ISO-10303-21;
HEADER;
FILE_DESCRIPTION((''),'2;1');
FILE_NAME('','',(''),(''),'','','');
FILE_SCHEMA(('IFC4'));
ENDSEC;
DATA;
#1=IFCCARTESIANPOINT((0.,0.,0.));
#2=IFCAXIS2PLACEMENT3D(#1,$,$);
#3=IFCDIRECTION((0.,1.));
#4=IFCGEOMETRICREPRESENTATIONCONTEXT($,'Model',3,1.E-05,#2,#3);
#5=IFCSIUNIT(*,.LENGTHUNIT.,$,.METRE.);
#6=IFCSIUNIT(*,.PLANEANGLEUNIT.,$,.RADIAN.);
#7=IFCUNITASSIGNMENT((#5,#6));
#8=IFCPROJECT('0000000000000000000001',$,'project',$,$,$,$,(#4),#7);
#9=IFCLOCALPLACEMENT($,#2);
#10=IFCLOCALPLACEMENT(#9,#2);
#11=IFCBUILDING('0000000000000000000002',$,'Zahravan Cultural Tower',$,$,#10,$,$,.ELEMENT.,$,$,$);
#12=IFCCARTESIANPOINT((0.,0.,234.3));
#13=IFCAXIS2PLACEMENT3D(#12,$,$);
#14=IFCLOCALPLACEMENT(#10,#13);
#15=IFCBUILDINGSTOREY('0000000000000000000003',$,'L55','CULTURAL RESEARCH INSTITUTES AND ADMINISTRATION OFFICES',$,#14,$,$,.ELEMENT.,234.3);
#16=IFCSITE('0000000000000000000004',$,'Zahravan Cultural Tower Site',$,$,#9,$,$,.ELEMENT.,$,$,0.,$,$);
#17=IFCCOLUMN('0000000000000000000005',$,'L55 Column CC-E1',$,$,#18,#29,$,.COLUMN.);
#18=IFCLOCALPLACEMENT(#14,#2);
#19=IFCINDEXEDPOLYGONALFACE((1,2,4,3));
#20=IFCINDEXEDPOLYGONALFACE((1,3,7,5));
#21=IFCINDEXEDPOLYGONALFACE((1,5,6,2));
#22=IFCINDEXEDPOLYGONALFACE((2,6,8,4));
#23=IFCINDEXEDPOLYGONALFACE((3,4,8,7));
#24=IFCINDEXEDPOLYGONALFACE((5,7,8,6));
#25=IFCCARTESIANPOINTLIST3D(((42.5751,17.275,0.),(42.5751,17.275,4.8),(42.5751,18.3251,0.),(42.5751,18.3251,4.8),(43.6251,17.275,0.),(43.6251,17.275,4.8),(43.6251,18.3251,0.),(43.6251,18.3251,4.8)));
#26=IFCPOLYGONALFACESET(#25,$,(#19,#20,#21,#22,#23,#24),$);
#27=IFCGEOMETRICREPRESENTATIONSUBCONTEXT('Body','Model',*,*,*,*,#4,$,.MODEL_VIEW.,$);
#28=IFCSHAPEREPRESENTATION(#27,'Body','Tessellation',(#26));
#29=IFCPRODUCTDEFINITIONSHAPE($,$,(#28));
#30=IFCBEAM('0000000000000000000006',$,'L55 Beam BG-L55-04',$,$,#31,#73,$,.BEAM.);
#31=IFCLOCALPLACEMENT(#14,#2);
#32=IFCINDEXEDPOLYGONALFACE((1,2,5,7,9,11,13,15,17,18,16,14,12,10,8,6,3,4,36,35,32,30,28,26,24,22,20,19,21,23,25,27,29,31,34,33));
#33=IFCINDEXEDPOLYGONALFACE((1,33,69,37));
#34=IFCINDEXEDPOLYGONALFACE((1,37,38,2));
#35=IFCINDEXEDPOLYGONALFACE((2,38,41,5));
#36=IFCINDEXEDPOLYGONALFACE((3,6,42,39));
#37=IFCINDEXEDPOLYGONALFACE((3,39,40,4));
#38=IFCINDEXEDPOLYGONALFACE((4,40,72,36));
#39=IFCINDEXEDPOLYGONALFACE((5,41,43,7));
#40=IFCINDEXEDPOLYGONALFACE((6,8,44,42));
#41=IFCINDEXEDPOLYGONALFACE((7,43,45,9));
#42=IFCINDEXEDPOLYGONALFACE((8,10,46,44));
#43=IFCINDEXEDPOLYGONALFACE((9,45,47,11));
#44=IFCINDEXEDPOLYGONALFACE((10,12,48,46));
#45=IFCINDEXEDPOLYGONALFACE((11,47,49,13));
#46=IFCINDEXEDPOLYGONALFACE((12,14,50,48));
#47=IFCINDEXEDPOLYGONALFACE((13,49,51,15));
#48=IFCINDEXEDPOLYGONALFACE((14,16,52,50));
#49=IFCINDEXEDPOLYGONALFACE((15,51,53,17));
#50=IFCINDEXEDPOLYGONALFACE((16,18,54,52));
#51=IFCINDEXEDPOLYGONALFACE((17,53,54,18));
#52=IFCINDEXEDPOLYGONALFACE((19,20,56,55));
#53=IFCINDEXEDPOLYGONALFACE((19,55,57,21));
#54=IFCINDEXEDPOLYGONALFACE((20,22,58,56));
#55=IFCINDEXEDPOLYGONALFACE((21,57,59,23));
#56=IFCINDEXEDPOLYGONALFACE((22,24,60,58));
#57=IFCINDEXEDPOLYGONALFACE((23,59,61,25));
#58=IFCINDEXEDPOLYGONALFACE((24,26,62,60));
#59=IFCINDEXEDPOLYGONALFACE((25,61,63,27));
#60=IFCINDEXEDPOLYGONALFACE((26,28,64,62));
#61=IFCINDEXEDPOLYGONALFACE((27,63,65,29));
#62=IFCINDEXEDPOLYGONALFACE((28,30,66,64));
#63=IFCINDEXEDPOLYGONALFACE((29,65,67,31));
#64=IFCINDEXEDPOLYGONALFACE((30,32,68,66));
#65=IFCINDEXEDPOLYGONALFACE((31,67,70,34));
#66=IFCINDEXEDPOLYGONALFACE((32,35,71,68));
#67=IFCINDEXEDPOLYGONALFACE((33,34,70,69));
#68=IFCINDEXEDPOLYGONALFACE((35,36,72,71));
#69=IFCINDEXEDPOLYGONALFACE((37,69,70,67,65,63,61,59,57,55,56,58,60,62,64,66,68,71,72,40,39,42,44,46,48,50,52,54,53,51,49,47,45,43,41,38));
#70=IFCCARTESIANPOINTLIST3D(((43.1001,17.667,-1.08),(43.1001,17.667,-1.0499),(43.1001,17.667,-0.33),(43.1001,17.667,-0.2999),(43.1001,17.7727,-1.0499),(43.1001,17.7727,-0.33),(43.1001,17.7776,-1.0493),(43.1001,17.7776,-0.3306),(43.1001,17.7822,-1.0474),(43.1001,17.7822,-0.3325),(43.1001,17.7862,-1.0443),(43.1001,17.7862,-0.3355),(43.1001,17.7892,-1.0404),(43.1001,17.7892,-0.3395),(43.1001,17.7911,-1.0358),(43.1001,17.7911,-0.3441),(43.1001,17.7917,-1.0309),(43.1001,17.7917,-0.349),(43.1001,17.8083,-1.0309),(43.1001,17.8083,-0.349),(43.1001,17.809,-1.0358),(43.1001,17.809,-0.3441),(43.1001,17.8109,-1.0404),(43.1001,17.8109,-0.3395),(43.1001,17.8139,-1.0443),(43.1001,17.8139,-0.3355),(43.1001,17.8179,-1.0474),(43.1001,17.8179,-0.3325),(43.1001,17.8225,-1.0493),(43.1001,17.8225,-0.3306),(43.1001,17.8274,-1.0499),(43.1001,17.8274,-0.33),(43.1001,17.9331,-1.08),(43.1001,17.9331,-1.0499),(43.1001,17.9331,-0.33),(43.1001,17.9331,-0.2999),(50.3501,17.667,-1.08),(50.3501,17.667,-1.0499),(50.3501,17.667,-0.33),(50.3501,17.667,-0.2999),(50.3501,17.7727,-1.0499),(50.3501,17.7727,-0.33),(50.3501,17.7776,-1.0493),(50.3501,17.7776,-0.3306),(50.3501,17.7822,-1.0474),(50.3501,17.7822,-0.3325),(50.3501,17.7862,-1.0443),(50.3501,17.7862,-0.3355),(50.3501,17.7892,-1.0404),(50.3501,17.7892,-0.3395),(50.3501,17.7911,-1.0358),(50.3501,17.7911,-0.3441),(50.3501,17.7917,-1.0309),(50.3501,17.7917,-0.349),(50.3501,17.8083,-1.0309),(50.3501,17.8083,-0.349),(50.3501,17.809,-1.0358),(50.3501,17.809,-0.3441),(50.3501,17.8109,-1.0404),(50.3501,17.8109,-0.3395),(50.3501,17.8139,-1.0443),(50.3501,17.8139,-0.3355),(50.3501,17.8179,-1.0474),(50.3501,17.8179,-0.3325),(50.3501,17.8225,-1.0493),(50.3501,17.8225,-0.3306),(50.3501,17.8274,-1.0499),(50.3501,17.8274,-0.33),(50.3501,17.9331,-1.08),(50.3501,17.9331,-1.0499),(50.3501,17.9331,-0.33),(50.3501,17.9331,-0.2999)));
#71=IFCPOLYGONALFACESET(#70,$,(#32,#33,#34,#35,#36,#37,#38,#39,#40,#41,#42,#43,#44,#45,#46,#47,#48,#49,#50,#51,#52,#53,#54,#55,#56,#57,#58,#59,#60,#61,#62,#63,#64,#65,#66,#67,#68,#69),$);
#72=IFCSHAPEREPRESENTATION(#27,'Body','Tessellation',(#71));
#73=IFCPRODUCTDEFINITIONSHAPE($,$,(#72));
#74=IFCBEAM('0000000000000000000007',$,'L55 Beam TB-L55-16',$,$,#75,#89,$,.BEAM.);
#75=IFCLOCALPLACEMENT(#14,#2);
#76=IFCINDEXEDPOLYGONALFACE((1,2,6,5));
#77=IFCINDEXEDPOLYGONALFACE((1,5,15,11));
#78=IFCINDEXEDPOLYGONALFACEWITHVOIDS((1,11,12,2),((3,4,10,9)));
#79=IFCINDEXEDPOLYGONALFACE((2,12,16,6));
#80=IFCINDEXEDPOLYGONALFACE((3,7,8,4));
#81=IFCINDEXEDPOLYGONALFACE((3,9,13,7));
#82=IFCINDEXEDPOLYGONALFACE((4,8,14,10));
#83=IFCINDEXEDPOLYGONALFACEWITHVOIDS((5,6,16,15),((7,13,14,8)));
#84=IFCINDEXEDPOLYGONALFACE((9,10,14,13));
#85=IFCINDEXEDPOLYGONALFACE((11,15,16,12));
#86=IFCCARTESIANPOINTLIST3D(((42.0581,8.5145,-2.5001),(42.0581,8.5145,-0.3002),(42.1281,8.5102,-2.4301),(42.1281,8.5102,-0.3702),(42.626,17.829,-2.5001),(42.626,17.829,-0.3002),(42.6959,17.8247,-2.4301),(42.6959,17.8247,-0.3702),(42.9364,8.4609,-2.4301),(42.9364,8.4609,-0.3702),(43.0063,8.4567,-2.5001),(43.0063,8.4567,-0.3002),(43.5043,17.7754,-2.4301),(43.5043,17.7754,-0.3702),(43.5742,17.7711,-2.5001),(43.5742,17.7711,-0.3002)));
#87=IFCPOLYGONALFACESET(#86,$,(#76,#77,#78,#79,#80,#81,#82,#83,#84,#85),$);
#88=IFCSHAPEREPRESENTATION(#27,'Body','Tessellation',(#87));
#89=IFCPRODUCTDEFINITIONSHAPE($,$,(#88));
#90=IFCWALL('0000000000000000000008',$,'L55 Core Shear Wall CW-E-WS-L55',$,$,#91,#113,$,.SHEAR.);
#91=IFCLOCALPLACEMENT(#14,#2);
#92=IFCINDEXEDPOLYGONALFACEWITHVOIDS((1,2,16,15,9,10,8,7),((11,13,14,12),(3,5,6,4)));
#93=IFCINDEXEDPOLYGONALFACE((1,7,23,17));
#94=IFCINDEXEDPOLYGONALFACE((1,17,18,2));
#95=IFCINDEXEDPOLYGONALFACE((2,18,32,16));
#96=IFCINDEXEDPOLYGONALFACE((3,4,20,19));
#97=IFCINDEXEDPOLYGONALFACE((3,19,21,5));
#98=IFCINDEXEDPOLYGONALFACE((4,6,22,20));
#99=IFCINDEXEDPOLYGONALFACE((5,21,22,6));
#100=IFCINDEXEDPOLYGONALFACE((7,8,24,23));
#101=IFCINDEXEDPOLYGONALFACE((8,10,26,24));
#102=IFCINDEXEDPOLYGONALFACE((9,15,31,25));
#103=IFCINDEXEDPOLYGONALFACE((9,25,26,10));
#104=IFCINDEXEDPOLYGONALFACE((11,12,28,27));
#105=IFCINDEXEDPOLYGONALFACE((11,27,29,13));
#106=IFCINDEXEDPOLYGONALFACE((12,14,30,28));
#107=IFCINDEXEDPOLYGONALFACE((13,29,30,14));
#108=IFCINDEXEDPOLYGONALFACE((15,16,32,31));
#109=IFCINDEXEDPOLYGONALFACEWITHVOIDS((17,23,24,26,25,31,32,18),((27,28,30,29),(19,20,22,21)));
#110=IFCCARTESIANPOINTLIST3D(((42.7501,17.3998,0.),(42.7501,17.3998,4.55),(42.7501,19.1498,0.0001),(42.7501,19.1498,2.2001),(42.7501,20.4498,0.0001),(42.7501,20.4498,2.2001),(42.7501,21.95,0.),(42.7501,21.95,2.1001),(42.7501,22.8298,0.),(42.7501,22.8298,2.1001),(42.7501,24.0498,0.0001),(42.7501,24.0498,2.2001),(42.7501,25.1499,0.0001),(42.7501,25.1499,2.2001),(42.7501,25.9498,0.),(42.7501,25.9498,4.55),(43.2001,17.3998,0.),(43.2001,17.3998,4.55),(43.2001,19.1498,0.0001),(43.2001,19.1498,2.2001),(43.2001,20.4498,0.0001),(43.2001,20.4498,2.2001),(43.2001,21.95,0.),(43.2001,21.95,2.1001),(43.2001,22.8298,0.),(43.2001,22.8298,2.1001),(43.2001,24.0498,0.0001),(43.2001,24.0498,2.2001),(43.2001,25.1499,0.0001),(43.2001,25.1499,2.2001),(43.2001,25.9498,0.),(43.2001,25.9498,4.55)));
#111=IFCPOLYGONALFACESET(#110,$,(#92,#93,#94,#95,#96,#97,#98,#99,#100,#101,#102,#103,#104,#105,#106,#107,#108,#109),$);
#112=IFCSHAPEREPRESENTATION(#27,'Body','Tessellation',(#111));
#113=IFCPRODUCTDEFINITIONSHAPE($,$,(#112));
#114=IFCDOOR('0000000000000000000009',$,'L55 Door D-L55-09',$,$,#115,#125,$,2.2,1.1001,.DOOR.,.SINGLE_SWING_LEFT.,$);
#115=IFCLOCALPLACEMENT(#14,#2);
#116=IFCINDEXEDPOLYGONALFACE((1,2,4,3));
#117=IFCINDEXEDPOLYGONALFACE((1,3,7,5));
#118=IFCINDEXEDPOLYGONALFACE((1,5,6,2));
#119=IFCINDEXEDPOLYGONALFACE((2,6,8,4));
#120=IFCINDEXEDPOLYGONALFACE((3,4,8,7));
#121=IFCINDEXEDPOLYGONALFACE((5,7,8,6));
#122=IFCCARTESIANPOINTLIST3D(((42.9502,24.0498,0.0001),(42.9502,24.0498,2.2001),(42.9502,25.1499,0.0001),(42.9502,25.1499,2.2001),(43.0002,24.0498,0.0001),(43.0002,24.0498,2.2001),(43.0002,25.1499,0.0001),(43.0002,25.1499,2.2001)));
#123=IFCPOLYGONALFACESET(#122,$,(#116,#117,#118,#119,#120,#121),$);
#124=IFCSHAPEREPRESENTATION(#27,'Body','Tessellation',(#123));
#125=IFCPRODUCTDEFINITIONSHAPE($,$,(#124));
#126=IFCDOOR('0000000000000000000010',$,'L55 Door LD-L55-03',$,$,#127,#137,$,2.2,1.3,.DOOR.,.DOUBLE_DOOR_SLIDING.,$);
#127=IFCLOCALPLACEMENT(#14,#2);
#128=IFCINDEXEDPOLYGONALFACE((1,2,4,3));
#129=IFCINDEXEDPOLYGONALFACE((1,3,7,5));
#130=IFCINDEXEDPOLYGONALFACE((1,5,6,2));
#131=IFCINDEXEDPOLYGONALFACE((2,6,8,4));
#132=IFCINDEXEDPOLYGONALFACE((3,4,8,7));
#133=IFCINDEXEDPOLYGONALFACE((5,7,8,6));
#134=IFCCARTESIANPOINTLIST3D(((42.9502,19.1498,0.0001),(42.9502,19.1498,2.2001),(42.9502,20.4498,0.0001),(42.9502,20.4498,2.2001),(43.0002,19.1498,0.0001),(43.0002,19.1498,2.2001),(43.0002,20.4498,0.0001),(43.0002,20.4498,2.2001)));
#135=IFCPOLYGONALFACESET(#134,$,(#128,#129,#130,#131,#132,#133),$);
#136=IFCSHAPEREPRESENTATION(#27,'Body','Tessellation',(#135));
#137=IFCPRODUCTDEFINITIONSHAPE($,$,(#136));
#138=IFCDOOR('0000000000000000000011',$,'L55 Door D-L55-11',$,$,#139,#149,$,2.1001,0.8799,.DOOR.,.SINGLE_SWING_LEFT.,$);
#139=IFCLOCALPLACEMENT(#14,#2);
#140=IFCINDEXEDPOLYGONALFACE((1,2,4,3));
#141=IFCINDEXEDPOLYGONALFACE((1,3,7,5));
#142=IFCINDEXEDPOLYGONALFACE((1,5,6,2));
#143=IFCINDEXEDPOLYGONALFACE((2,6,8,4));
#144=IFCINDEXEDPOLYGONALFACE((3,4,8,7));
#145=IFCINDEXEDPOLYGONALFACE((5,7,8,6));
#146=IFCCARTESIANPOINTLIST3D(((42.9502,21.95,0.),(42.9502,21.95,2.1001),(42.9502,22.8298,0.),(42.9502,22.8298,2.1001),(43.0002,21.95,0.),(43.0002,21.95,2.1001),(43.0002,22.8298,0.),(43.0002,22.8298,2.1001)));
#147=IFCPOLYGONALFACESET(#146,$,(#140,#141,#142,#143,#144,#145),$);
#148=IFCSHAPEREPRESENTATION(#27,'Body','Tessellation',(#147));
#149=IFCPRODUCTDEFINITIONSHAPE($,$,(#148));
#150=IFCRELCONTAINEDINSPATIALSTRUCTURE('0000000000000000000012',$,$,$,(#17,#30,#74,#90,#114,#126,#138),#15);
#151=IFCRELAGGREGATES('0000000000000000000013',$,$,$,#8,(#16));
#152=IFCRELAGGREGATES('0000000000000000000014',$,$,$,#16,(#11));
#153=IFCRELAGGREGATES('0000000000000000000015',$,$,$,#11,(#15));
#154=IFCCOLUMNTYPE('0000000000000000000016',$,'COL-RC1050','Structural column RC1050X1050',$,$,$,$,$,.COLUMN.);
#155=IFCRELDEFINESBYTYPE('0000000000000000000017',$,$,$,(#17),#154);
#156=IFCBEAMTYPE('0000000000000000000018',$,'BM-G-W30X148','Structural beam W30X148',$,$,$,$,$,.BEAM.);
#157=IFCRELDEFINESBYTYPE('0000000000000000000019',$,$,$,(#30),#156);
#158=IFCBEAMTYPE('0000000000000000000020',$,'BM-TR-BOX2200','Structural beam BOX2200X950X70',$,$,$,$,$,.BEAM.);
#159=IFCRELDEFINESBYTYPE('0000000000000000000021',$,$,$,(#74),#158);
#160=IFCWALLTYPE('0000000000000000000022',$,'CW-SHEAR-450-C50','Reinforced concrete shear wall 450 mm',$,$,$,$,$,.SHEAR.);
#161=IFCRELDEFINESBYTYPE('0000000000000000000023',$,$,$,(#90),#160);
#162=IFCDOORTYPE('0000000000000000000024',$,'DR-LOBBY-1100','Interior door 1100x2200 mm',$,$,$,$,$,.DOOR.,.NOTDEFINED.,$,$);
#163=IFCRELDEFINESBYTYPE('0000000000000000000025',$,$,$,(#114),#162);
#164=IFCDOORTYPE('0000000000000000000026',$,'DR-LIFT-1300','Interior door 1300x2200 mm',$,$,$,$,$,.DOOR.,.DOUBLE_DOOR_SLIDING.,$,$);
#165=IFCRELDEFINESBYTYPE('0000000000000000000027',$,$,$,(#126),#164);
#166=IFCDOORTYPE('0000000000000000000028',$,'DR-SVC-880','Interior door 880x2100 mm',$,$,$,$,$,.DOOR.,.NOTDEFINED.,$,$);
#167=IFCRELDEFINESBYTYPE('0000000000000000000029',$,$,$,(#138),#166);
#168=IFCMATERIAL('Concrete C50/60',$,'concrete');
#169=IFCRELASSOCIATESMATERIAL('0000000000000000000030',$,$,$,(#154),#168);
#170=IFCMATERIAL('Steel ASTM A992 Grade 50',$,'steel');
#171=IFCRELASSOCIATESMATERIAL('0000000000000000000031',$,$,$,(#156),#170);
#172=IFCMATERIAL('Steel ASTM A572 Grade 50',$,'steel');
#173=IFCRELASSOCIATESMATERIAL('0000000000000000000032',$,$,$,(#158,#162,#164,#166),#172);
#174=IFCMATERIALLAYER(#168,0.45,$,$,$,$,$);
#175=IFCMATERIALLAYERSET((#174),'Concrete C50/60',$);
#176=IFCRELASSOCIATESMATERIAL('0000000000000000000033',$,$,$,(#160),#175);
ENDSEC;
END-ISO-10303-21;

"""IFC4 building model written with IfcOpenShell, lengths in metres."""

from ifc_helpers import new_model, si_unit, direction, frame, frame_2d, origin, origin_2d, place, context, subcontext, project, spatial, rectangle, hollow_rectangle, i_section, extrude, source, transform, mapped, material, layer, layer_set, material_profile, profile_set, type_object, element, fill, save


model = new_model("IFC4")

# Units and contexts
model_context = context("Model", 3, precision=1e-05, world=origin(), true_north=direction((0.0, 1.0)))
body_context = subcontext(model_context, "Body", "Model", "MODEL_VIEW")
ifc_project = project(units=[si_unit("LENGTHUNIT", "METRE"), si_unit("PLANEANGLEUNIT", "RADIAN")], contexts=[model_context])

# Site, building, storey
site_placement = place(None, origin())
site = spatial("IfcSite", under=ifc_project, at=site_placement, Name="Zahravan Cultural Tower Site", CompositionType="ELEMENT", RefElevation=0.0)
building_placement = place(site_placement, origin())
building = spatial("IfcBuilding", under=site, at=building_placement, Name="Zahravan Cultural Tower", CompositionType="ELEMENT")
storey_placement = place(building_placement, frame((0.0, 0.0, 234.3)))
storey = spatial("IfcBuildingStorey", under=building, at=storey_placement, Name="L55", Description="CULTURAL RESEARCH INSTITUTES AND ADMINISTRATION OFFICES", CompositionType="ELEMENT", Elevation=234.3)

# Column
ifc_material_1 = material(Name="Concrete C50/60", Category="concrete")
ifc_material_profile_1 = material_profile(ifc_material_1, rectangle(XDim=1.05, YDim=1.05, at=origin_2d()), Name="RC1050X1050")
ifc_profile_set_1 = profile_set([ifc_material_profile_1], Name="Concrete C50/60")
column_type = type_object("IfcColumnType", Name="COL-RC1050", Description="Structural column RC1050X1050", PredefinedType="COLUMN", material=ifc_profile_set_1)
shared_shape_1 = source(origin(), body_context, "Body", "SweptSolid", [
    extrude(rectangle(XDim=1.05, YDim=1.05, at=origin_2d()), origin(), (0.0, 0.0, 1.0), 4.8),
])
column_placement = place(storey_placement, frame((43.1001, 17.8, 0.0), z_axis=(0.0, 0.0, 1.0), x_axis=(1.0, 0.0, 0.0)))
element("IfcColumn", 1, at=column_placement, inside=storey, type_object=column_type, Name="L55 Column CC-E1", PredefinedType="COLUMN", context=body_context, shape_type="MappedRepresentation", body=[
    mapped(shared_shape_1, transform((0.0, 0.0, 0.0), x_axis=(1.0, 0.0, 0.0), y_axis=(0.0, 1.0, 0.0), z_axis=(0.0, 0.0, 1.0), scale=1.0)),
])

# Beams
ifc_material_2 = material(Name="Steel ASTM A992 Grade 50", Category="steel")
ifc_material_profile_2 = material_profile(ifc_material_2, i_section(OverallWidth=0.2661, OverallDepth=0.78, WebThickness=0.0166, FlangeThickness=0.03, FilletRadius=0.019, at=origin_2d()), Name="W30X148")
ifc_profile_set_2 = profile_set([ifc_material_profile_2], Name="Steel ASTM A992 Grade 50")
beam_type_1 = type_object("IfcBeamType", Name="BM-G-W30X148", Description="Structural beam W30X148", PredefinedType="BEAM", material=ifc_profile_set_2)
shared_shape_2 = source(origin(), body_context, "Body", "SweptSolid", [
    extrude(i_section(OverallWidth=0.2661, OverallDepth=0.78, WebThickness=0.0166, FlangeThickness=0.03, FilletRadius=0.019, at=origin_2d()), origin(), (0.0, 0.0, 1.0), 7.25),
])
beam_1_placement = place(storey_placement, frame((43.1001, 17.8, -0.6899), z_axis=(1.0, 0.0, 0.0), x_axis=(0.0, 1.0, 0.0)))
element("IfcBeam", 2, at=beam_1_placement, inside=storey, type_object=beam_type_1, Name="L55 Beam BG-L55-04", PredefinedType="BEAM", context=body_context, shape_type="MappedRepresentation", body=[
    mapped(shared_shape_2, transform((0.0, 0.0, 0.0), x_axis=(1.0, 0.0, 0.0), y_axis=(0.0, 1.0, 0.0), z_axis=(0.0, 0.0, 1.0), scale=1.0)),
])
ifc_material_3 = material(Name="Steel ASTM A572 Grade 50", Category="steel")
ifc_material_profile_3 = material_profile(ifc_material_3, hollow_rectangle(XDim=0.95, YDim=2.2, WallThickness=0.0701, at=origin_2d()), Name="BOX2200X950X70")
ifc_profile_set_3 = profile_set([ifc_material_profile_3], Name="Steel ASTM A572 Grade 50")
beam_type_2 = type_object("IfcBeamType", Name="BM-TR-BOX2200", Description="Structural beam BOX2200X950X70", PredefinedType="BEAM", material=ifc_profile_set_3)
shared_shape_3 = source(origin(), body_context, "Body", "SweptSolid", [
    extrude(hollow_rectangle(XDim=0.95, YDim=2.2, WallThickness=0.0701, at=origin_2d()), origin(), (0.0, 0.0, 1.0), 9.3318),
])
beam_2_placement = place(storey_placement, frame((43.1001, 17.8, -1.4001), z_axis=(-0.060854, -0.998147, 0.0), x_axis=(0.998147, -0.060854, 0.0)))
element("IfcBeam", 3, at=beam_2_placement, inside=storey, type_object=beam_type_2, Name="L55 Beam TB-L55-16", PredefinedType="BEAM", context=body_context, shape_type="MappedRepresentation", body=[
    mapped(shared_shape_3, transform((0.0, 0.0, 0.0), x_axis=(1.0, 0.0, 0.0), y_axis=(0.0, 1.0, 0.0), z_axis=(0.0, 0.0, 1.0), scale=1.0)),
])

# Wall, openings, doors
ifc_layer_1 = layer(ifc_material_1, 0.45)
ifc_layer_set_1 = layer_set([ifc_layer_1], Name="Concrete C50/60")
wall_type_1 = type_object("IfcWallType", Name="CW-SHEAR-450-C50", Description="Reinforced concrete shear wall 450 mm", PredefinedType="SHEAR", material=ifc_layer_set_1)
wall_1_placement = place(storey_placement, frame((42.9751, 17.3999, 0.0), z_axis=(0.0, 0.0, 1.0), x_axis=(0.0, 1.0, 0.0)))
wall_1 = element("IfcWall", 4, at=wall_1_placement, inside=storey, type_object=wall_type_1, Name="L55 Core Shear Wall CW-E-WS-L55", PredefinedType="SHEAR", context=body_context, shape_type="SweptSolid", body=[
    extrude(rectangle(XDim=8.55, YDim=0.45, at=frame_2d((4.2749, 0.0))), origin(), (0.0, 0.0, 1.0), 4.55),
])
opening_1_placement = place(wall_1_placement, frame((6.6499, 0.0, 0.0)))
opening_1 = element("IfcOpeningElement", 5, at=opening_1_placement, cuts=wall_1, PredefinedType="OPENING", context=body_context, shape_type="SweptSolid", body=[
    extrude(rectangle(XDim=1.1001, YDim=2.2, at=frame_2d((0.55, 1.1001))), frame((0.0, 0.2349, 0.0), z_axis=(0.0, -1.0, 0.0), x_axis=(1.0, 0.0, 0.0)), (0.0, 0.0, 1.0), 0.47),
])
opening_2_placement = place(wall_1_placement, frame((1.75, 0.0, 0.0)))
opening_2 = element("IfcOpeningElement", 6, at=opening_2_placement, cuts=wall_1, PredefinedType="OPENING", context=body_context, shape_type="SweptSolid", body=[
    extrude(rectangle(XDim=1.3, YDim=2.2, at=frame_2d((0.6499, 1.1001))), frame((0.0, 0.2349, 0.0), z_axis=(0.0, -1.0, 0.0), x_axis=(1.0, 0.0, 0.0)), (0.0, 0.0, 1.0), 0.47),
])
opening_3_placement = place(wall_1_placement, frame((4.55, 0.0, 0.0)))
opening_3 = element("IfcOpeningElement", 7, at=opening_3_placement, cuts=wall_1, PredefinedType="OPENING", context=body_context, shape_type="SweptSolid", body=[
    extrude(rectangle(XDim=0.8799, YDim=2.1001, at=frame_2d((0.4399, 1.05))), frame((0.0, 0.2349, 0.0), z_axis=(0.0, -1.0, 0.0), x_axis=(1.0, 0.0, 0.0)), (0.0, 0.0, 1.0), 0.47),
])
door_type_1 = type_object("IfcDoorType", Name="DR-LOBBY-1100", Description="Interior door 1100x2200 mm", OperationType="NOTDEFINED", PredefinedType="DOOR", material=ifc_material_3)
shared_shape_4 = source(origin(), body_context, "Body", "SweptSolid", [
    extrude(rectangle(XDim=1.1001, YDim=2.2, at=frame_2d((0.55, 1.1001))), frame((0.0, 0.0249, 0.0), z_axis=(0.0, -1.0, 0.0), x_axis=(1.0, 0.0, 0.0)), (0.0, 0.0, 1.0), 0.05),
])
door_1_placement = place(opening_1_placement, origin())
door_1 = element("IfcDoor", 8, at=door_1_placement, inside=storey, type_object=door_type_1, Name="L55 Door D-L55-09", OperationType="SINGLE_SWING_LEFT", OverallHeight=2.2, OverallWidth=1.1001, PredefinedType="DOOR", context=body_context, shape_type="MappedRepresentation", body=[
    mapped(shared_shape_4, transform((0.0, 0.0, 0.0), x_axis=(1.0, 0.0, 0.0), y_axis=(0.0, 1.0, 0.0), z_axis=(0.0, 0.0, 1.0), scale=1.0)),
])
fill(opening_1, door_1)
door_type_2 = type_object("IfcDoorType", Name="DR-LIFT-1300", Description="Interior door 1300x2200 mm", OperationType="DOUBLE_DOOR_SLIDING", PredefinedType="DOOR", material=ifc_material_3)
shared_shape_5 = source(origin(), body_context, "Body", "SweptSolid", [
    extrude(rectangle(XDim=1.3, YDim=2.2, at=frame_2d((0.6499, 1.1001))), frame((0.0, 0.0249, 0.0), z_axis=(0.0, -1.0, 0.0), x_axis=(1.0, 0.0, 0.0)), (0.0, 0.0, 1.0), 0.05),
])
door_2_placement = place(opening_2_placement, origin())
door_2 = element("IfcDoor", 9, at=door_2_placement, inside=storey, type_object=door_type_2, Name="L55 Door LD-L55-03", OperationType="DOUBLE_DOOR_SLIDING", OverallHeight=2.2, OverallWidth=1.3, PredefinedType="DOOR", context=body_context, shape_type="MappedRepresentation", body=[
    mapped(shared_shape_5, transform((0.0, 0.0, 0.0), x_axis=(1.0, 0.0, 0.0), y_axis=(0.0, 1.0, 0.0), z_axis=(0.0, 0.0, 1.0), scale=1.0)),
])
fill(opening_2, door_2)
door_type_3 = type_object("IfcDoorType", Name="DR-SVC-880", Description="Interior door 880x2100 mm", OperationType="NOTDEFINED", PredefinedType="DOOR", material=ifc_material_3)
shared_shape_6 = source(origin(), body_context, "Body", "SweptSolid", [
    extrude(rectangle(XDim=0.8799, YDim=2.1001, at=frame_2d((0.4399, 1.05))), frame((0.0, 0.0249, 0.0), z_axis=(0.0, -1.0, 0.0), x_axis=(1.0, 0.0, 0.0)), (0.0, 0.0, 1.0), 0.05),
])
door_3_placement = place(opening_3_placement, origin())
door_3 = element("IfcDoor", 10, at=door_3_placement, inside=storey, type_object=door_type_3, Name="L55 Door D-L55-11", OperationType="SINGLE_SWING_LEFT", OverallHeight=2.1001, OverallWidth=0.8799, PredefinedType="DOOR", context=body_context, shape_type="MappedRepresentation", body=[
    mapped(shared_shape_6, transform((0.0, 0.0, 0.0), x_axis=(1.0, 0.0, 0.0), y_axis=(0.0, 1.0, 0.0), z_axis=(0.0, 0.0, 1.0), scale=1.0)),
])
fill(opening_3, door_3)

save(model, "model.ifc")
